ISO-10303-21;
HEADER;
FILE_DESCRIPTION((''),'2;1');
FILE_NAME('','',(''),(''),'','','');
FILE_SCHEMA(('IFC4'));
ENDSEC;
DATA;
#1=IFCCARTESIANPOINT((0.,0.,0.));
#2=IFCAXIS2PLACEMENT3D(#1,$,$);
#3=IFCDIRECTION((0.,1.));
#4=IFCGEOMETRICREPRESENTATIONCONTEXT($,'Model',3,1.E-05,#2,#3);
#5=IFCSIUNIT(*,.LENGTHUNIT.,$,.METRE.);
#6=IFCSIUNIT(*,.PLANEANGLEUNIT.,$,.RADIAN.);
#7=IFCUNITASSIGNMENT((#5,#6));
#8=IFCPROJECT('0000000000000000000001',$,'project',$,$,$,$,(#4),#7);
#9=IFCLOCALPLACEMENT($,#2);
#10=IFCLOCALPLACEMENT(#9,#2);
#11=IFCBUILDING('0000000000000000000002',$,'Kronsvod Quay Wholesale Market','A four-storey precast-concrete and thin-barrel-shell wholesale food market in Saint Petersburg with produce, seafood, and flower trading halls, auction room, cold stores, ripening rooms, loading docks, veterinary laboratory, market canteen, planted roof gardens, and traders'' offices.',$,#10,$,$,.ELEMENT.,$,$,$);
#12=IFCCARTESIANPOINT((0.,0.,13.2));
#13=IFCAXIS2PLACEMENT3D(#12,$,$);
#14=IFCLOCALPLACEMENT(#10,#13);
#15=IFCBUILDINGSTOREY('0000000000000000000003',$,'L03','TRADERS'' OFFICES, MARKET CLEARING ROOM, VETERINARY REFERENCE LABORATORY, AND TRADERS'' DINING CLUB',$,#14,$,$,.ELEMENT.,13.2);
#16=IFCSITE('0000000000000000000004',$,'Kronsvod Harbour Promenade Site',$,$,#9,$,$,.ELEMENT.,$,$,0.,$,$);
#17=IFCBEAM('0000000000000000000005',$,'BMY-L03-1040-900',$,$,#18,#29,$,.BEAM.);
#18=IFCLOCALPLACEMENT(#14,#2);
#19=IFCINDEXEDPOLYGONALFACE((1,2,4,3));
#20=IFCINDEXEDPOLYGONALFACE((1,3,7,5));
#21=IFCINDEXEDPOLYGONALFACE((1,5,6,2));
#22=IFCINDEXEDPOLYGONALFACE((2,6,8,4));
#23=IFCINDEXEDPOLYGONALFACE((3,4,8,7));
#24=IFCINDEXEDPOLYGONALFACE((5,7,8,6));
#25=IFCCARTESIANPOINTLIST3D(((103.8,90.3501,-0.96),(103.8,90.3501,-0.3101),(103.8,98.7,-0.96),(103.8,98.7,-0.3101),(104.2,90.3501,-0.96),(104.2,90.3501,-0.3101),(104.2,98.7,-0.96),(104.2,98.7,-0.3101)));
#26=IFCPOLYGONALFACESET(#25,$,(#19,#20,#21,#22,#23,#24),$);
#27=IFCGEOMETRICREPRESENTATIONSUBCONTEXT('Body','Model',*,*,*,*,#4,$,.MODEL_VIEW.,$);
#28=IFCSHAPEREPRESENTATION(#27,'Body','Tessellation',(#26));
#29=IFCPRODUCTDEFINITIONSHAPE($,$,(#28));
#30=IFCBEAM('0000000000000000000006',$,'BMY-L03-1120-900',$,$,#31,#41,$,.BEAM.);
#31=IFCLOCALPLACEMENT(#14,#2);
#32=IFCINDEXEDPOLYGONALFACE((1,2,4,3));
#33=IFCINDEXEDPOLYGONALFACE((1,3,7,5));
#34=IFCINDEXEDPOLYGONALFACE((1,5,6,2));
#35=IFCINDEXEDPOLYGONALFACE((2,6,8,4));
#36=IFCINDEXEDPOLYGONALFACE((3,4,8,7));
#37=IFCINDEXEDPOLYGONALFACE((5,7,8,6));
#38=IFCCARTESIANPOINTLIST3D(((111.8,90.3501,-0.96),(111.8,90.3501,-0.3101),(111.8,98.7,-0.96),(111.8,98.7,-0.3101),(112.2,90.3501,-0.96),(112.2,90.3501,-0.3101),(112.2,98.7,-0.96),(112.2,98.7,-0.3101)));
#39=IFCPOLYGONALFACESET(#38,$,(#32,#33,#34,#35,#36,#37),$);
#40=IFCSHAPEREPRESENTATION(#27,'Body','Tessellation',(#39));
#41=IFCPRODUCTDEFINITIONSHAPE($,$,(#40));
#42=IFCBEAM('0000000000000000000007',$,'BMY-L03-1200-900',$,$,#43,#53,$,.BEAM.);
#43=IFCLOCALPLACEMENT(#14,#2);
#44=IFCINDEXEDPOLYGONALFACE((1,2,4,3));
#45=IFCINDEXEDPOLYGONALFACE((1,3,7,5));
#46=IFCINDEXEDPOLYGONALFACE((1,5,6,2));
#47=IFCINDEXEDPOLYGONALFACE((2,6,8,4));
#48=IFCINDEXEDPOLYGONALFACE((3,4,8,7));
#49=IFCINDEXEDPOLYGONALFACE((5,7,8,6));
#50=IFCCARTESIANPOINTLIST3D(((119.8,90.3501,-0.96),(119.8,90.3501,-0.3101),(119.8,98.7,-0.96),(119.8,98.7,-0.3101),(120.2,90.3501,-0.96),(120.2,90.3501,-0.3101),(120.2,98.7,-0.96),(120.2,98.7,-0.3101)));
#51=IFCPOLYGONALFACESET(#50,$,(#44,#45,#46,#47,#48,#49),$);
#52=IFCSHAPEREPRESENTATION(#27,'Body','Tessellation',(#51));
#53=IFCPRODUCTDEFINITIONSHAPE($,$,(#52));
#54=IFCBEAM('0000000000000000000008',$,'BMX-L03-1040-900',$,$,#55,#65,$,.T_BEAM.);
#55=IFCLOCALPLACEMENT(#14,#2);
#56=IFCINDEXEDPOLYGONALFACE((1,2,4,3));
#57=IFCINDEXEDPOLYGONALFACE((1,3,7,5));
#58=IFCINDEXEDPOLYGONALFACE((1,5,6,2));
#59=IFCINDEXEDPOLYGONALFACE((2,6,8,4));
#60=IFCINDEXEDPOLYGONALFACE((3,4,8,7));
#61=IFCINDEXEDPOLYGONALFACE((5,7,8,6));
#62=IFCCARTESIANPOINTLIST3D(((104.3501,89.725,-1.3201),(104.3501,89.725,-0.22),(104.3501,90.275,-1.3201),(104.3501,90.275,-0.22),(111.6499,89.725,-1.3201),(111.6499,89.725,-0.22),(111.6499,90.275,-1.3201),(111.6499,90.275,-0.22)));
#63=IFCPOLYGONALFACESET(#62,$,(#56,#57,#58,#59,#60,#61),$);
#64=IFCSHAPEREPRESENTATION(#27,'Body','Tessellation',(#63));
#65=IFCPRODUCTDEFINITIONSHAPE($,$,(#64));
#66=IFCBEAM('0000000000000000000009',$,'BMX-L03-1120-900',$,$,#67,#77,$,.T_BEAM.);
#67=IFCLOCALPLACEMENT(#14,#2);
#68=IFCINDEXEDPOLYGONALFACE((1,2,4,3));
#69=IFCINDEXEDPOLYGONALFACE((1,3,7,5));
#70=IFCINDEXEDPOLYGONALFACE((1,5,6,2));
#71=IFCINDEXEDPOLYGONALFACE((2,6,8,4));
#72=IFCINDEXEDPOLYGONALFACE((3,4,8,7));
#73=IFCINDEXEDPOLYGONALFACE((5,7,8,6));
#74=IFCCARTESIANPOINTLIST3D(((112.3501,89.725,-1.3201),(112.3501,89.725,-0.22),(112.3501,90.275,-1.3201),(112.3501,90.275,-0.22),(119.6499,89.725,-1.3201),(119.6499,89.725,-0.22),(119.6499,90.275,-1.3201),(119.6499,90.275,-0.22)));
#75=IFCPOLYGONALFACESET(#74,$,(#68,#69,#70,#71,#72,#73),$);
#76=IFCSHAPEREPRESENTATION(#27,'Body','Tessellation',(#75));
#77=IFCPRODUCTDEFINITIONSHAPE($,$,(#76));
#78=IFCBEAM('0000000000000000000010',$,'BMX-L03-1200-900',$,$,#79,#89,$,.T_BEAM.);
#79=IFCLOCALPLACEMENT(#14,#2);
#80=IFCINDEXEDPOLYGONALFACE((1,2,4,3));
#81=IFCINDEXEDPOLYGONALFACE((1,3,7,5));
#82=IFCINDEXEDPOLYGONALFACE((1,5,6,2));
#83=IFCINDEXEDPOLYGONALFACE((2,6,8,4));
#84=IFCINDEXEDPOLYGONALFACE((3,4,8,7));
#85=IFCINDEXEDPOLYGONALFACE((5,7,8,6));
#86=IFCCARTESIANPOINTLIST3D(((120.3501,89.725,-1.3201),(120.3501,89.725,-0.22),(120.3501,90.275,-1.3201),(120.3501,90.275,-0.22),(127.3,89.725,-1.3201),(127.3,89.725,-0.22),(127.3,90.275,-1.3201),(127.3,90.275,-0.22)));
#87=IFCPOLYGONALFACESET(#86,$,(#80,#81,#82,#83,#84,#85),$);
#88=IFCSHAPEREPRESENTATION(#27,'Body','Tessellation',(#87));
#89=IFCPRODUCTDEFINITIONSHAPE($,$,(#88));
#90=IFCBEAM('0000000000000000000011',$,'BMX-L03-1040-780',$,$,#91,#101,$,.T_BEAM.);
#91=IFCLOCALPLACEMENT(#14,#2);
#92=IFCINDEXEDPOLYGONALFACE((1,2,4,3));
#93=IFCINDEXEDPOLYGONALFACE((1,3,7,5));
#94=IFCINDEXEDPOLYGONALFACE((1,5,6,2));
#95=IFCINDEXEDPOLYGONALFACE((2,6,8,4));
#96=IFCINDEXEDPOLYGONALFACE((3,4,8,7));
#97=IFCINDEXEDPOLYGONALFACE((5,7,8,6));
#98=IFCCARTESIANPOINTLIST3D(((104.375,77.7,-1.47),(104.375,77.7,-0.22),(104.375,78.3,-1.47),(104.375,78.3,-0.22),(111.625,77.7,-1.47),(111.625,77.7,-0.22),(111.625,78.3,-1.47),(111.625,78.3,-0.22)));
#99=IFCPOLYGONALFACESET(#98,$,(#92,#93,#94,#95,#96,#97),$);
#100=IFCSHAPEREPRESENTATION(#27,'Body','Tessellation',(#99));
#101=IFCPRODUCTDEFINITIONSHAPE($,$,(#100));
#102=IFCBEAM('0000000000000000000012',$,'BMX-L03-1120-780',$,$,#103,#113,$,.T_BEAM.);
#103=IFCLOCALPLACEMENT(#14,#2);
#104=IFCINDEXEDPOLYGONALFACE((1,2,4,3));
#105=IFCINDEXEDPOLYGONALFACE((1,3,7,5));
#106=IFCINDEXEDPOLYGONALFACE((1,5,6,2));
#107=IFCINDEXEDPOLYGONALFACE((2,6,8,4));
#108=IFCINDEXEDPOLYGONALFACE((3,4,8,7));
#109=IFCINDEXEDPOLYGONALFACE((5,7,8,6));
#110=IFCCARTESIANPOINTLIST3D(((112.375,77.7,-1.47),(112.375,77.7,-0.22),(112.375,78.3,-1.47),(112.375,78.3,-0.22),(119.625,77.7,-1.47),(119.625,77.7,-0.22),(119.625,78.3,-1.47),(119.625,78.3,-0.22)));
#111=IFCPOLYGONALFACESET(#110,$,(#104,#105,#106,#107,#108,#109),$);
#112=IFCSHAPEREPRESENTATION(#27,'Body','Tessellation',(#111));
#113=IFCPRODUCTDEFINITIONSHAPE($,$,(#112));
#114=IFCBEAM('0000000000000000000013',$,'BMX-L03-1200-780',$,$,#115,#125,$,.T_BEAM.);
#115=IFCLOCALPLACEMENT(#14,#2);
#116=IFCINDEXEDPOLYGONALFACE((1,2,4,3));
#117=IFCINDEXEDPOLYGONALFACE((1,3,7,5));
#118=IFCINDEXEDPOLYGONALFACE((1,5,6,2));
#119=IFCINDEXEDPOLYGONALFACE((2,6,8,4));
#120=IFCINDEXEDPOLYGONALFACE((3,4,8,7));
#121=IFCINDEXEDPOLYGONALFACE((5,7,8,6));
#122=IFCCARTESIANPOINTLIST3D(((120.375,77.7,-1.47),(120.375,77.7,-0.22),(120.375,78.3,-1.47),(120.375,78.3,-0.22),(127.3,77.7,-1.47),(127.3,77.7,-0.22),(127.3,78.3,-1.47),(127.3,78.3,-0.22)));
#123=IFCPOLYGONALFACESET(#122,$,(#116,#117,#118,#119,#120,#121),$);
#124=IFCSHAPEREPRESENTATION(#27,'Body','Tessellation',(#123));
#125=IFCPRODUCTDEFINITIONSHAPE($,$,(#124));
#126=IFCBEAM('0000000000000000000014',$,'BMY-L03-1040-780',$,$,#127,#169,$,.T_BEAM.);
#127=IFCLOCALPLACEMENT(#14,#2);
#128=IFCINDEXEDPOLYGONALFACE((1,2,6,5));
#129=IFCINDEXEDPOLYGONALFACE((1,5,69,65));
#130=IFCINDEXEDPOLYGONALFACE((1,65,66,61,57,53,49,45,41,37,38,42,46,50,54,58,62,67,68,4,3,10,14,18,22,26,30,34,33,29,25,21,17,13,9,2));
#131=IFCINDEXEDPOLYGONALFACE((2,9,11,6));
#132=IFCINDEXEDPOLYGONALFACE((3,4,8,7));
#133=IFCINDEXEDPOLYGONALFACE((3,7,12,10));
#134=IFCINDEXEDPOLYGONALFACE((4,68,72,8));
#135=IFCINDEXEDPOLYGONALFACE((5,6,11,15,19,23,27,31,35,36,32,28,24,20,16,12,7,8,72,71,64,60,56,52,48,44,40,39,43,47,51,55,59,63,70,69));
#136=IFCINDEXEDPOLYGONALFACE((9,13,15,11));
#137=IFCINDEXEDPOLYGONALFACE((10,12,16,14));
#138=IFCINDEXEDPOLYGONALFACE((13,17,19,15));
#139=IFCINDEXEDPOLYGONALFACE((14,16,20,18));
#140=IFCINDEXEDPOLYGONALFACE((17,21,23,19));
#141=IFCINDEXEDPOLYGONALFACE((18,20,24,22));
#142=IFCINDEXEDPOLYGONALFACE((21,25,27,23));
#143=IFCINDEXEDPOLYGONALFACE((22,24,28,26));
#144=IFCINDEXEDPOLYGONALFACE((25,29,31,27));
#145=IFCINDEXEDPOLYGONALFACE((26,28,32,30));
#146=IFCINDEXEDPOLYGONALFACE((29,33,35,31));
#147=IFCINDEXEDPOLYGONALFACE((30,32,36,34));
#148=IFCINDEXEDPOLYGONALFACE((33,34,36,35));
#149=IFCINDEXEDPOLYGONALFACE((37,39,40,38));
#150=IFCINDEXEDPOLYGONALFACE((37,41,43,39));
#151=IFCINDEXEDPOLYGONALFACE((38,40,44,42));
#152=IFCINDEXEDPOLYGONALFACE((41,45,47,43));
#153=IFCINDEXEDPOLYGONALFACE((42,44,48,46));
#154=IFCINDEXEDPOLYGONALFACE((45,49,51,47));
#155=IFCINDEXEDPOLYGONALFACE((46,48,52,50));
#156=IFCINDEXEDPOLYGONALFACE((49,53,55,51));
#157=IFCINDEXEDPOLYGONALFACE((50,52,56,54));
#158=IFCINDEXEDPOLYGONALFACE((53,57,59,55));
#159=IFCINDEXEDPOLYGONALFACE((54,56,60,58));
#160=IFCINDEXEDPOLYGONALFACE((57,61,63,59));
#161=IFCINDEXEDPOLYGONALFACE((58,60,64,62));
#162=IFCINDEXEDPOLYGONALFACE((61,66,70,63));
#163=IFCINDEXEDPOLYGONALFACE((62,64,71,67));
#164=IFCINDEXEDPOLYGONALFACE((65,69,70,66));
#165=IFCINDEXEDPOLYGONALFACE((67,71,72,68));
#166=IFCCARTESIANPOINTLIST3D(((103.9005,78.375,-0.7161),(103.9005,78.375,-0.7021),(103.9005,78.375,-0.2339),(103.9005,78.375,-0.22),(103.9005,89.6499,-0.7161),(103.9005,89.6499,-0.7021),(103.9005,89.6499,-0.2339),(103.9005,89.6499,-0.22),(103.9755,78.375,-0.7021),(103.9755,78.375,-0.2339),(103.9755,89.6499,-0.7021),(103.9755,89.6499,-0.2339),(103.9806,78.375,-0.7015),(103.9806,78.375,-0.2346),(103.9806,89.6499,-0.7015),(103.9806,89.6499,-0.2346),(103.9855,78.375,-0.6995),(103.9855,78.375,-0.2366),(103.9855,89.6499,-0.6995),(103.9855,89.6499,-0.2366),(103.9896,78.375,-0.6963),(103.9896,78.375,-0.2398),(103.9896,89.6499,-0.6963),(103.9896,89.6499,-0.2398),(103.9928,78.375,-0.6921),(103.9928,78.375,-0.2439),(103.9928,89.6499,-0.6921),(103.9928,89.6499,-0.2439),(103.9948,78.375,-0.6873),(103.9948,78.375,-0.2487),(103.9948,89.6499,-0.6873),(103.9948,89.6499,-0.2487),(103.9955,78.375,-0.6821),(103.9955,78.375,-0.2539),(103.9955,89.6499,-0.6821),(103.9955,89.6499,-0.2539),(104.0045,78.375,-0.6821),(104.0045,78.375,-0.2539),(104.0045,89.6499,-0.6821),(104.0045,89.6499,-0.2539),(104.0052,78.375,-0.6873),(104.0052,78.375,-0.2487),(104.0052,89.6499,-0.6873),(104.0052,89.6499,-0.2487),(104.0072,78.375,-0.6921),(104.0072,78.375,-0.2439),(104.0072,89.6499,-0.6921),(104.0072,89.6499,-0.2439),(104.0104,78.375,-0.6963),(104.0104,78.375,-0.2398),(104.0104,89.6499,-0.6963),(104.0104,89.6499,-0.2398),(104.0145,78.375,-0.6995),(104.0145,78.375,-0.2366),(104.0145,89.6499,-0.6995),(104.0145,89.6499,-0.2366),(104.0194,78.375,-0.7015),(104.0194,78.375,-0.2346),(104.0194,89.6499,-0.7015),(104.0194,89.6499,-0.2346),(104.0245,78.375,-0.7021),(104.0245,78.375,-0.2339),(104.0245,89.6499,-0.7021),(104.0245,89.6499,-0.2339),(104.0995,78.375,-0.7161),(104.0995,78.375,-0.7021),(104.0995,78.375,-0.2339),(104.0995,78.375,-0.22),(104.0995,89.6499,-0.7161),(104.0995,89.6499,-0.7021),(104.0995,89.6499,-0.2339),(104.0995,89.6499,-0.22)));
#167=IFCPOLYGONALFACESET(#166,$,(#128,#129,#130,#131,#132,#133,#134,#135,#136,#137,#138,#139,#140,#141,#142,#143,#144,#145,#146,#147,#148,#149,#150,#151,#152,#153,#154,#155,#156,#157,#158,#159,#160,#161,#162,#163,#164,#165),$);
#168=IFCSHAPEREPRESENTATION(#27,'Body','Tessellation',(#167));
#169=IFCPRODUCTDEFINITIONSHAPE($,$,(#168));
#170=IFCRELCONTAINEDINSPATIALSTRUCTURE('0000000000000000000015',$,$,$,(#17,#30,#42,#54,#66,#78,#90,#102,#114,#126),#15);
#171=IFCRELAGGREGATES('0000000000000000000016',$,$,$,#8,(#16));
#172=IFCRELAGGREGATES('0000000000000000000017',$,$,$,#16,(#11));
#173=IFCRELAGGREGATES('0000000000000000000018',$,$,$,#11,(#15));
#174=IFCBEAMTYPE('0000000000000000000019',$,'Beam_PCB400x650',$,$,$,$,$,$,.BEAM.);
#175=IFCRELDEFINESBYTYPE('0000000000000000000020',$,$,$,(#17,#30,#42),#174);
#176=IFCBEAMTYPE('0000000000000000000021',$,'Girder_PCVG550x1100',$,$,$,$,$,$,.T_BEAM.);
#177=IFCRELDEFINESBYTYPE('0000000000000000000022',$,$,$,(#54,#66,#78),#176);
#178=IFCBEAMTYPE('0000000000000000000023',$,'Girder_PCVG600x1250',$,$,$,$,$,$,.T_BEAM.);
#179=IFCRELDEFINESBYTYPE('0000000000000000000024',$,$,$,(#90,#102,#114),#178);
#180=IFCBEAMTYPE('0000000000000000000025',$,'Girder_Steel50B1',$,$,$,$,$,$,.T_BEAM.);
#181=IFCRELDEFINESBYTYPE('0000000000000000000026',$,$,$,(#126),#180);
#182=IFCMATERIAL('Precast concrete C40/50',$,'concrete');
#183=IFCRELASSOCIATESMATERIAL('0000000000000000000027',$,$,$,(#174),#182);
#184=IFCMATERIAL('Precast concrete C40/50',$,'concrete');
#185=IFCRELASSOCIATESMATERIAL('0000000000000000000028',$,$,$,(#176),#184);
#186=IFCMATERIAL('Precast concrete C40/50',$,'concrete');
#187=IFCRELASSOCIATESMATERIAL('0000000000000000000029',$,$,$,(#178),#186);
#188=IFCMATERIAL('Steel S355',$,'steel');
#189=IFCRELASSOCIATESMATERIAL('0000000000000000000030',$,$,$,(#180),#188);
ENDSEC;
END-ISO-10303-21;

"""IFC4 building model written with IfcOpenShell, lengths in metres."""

from ifc_helpers import new_model, si_unit, direction, frame, origin, origin_2d, place, context, subcontext, project, spatial, rectangle, i_section, extrude, material, material_profile, profile_set, type_object, element, save


model = new_model("IFC4")

# Units and contexts
model_context = context("Model", 3, precision=1e-05, world=origin(), true_north=direction((0.0, 1.0)))
body_context = subcontext(model_context, "Body", "Model", "MODEL_VIEW")
ifc_project = project(units=[si_unit("LENGTHUNIT", "METRE"), si_unit("PLANEANGLEUNIT", "RADIAN")], contexts=[model_context])

# Site, building, storey
site_placement = place(None, origin())
site = spatial("IfcSite", under=ifc_project, at=site_placement, Name="Kronsvod Harbour Promenade Site", CompositionType="ELEMENT", RefElevation=0.0)
building_placement = place(site_placement, origin())
building = spatial("IfcBuilding", under=site, at=building_placement, Name="Kronsvod Quay Wholesale Market", Description="A four-storey precast-concrete and thin-barrel-shell wholesale food market in Saint Petersburg with produce, seafood, and flower trading halls, auction room, cold stores, ripening rooms, loading docks, veterinary laboratory, market canteen, planted roof gardens, and traders' offices.", CompositionType="ELEMENT")
storey_placement = place(building_placement, frame((0.0, 0.0, 13.2)))
storey = spatial("IfcBuildingStorey", under=building, at=storey_placement, Name="L03", Description="TRADERS' OFFICES, MARKET CLEARING ROOM, VETERINARY REFERENCE LABORATORY, AND TRADERS' DINING CLUB", CompositionType="ELEMENT", Elevation=13.2)

# Beams
ifc_material_1 = material(Name="Precast concrete C40/50", Category="concrete")
ifc_material_profile_1 = material_profile(ifc_material_1, rectangle(XDim=0.3999, YDim=0.6499, at=origin_2d()), Name="PCB400x650")
ifc_profile_set_1 = profile_set([ifc_material_profile_1], Name="Precast concrete C40/50")
beam_type_1 = type_object("IfcBeamType", Name="Beam_PCB400x650", PredefinedType="BEAM", material=ifc_profile_set_1)
for number, where, z_axis, x_axis, name in (
    (1, (104.0, 90.3501, -0.635), (0.0, 1.0, 0.0), (-1.0, 0.0, 0.0), "BMY-L03-1040-900"),
    (2, (112.0, 90.3501, -0.635), (0.0, 1.0, 0.0), (-1.0, 0.0, 0.0), "BMY-L03-1120-900"),
    (3, (120.0, 90.3501, -0.635), (0.0, 1.0, 0.0), (-1.0, 0.0, 0.0), "BMY-L03-1200-900"),
):
    element("IfcBeam", number, at=place(storey_placement, frame(where, z_axis=z_axis, x_axis=x_axis)), inside=storey, type_object=beam_type_1, Name=name, PredefinedType="BEAM", context=body_context, shape_type="SweptSolid", body=[
        extrude(rectangle(XDim=0.3999, YDim=0.6499, at=origin_2d()), origin(), (0.0, 0.0, 1.0), 8.3499),
    ])
ifc_material_2 = material(Name="Precast concrete C40/50", Category="concrete")
ifc_material_profile_2 = material_profile(ifc_material_2, rectangle(XDim=0.55, YDim=1.1001, at=origin_2d()), Name="PCVG550x1100")
ifc_profile_set_2 = profile_set([ifc_material_profile_2], Name="Precast concrete C40/50")
beam_type_2 = type_object("IfcBeamType", Name="Girder_PCVG550x1100", PredefinedType="T_BEAM", material=ifc_profile_set_2)
for number, where, z_axis, x_axis, name in (
    (4, (104.3501, 90.0, -0.77), (1.0, 0.0, 0.0), (0.0, 1.0, 0.0), "BMX-L03-1040-900"),
    (5, (112.3501, 90.0, -0.77), (1.0, 0.0, 0.0), (0.0, 1.0, 0.0), "BMX-L03-1120-900"),
):
    element("IfcBeam", number, at=place(storey_placement, frame(where, z_axis=z_axis, x_axis=x_axis)), inside=storey, type_object=beam_type_2, Name=name, PredefinedType="T_BEAM", context=body_context, shape_type="SweptSolid", body=[
        extrude(rectangle(XDim=0.55, YDim=1.1001, at=origin_2d()), origin(), (0.0, 0.0, 1.0), 7.2998),
    ])
beam_1_placement = place(storey_placement, frame((120.3501, 90.0, -0.77), z_axis=(1.0, 0.0, 0.0), x_axis=(0.0, 1.0, 0.0)))
element("IfcBeam", 6, at=beam_1_placement, inside=storey, type_object=beam_type_2, Name="BMX-L03-1200-900", PredefinedType="T_BEAM", context=body_context, shape_type="SweptSolid", body=[
    extrude(rectangle(XDim=0.55, YDim=1.1001, at=origin_2d()), origin(), (0.0, 0.0, 1.0), 6.95),
])
ifc_material_3 = material(Name="Precast concrete C40/50", Category="concrete")
ifc_material_profile_3 = material_profile(ifc_material_3, rectangle(XDim=0.6001, YDim=1.25, at=origin_2d()), Name="PCVG600x1250")
ifc_profile_set_3 = profile_set([ifc_material_profile_3], Name="Precast concrete C40/50")
beam_type_3 = type_object("IfcBeamType", Name="Girder_PCVG600x1250", PredefinedType="T_BEAM", material=ifc_profile_set_3)
for number, where, z_axis, x_axis, name in (
    (7, (104.375, 78.0, -0.845), (1.0, 0.0, 0.0), (0.0, 1.0, 0.0), "BMX-L03-1040-780"),
    (8, (112.375, 78.0, -0.845), (1.0, 0.0, 0.0), (0.0, 1.0, 0.0), "BMX-L03-1120-780"),
):
    element("IfcBeam", number, at=place(storey_placement, frame(where, z_axis=z_axis, x_axis=x_axis)), inside=storey, type_object=beam_type_3, Name=name, PredefinedType="T_BEAM", context=body_context, shape_type="SweptSolid", body=[
        extrude(rectangle(XDim=0.6001, YDim=1.25, at=origin_2d()), origin(), (0.0, 0.0, 1.0), 7.25),
    ])
beam_2_placement = place(storey_placement, frame((120.375, 78.0, -0.845), z_axis=(1.0, 0.0, 0.0), x_axis=(0.0, 1.0, 0.0)))
element("IfcBeam", 9, at=beam_2_placement, inside=storey, type_object=beam_type_3, Name="BMX-L03-1200-780", PredefinedType="T_BEAM", context=body_context, shape_type="SweptSolid", body=[
    extrude(rectangle(XDim=0.6001, YDim=1.25, at=origin_2d()), origin(), (0.0, 0.0, 1.0), 6.925),
])
ifc_material_4 = material(Name="Steel S355", Category="steel")
ifc_material_profile_4 = material_profile(ifc_material_4, i_section(OverallWidth=0.199, OverallDepth=0.4961, WebThickness=0.009, FlangeThickness=0.0139, FilletRadius=0.02, at=origin_2d()), Name="50B1")
ifc_profile_set_4 = profile_set([ifc_material_profile_4], Name="Steel S355")
beam_type_4 = type_object("IfcBeamType", Name="Girder_Steel50B1", PredefinedType="T_BEAM", material=ifc_profile_set_4)
for number, where, z_axis, x_axis, name in (
    (10, (104.0, 78.375, -0.468), (0.0, 1.0, 0.0), (-1.0, 0.0, 0.0), "BMY-L03-1040-780"),
):
    element("IfcBeam", number, at=place(storey_placement, frame(where, z_axis=z_axis, x_axis=x_axis)), inside=storey, type_object=beam_type_4, Name=name, PredefinedType="T_BEAM", context=body_context, shape_type="SweptSolid", body=[
        extrude(i_section(OverallWidth=0.199, OverallDepth=0.4961, WebThickness=0.009, FlangeThickness=0.0139, FilletRadius=0.02, at=origin_2d()), origin(), (0.0, 0.0, 1.0), 11.2749),
    ])

save(model, "model.ifc")
